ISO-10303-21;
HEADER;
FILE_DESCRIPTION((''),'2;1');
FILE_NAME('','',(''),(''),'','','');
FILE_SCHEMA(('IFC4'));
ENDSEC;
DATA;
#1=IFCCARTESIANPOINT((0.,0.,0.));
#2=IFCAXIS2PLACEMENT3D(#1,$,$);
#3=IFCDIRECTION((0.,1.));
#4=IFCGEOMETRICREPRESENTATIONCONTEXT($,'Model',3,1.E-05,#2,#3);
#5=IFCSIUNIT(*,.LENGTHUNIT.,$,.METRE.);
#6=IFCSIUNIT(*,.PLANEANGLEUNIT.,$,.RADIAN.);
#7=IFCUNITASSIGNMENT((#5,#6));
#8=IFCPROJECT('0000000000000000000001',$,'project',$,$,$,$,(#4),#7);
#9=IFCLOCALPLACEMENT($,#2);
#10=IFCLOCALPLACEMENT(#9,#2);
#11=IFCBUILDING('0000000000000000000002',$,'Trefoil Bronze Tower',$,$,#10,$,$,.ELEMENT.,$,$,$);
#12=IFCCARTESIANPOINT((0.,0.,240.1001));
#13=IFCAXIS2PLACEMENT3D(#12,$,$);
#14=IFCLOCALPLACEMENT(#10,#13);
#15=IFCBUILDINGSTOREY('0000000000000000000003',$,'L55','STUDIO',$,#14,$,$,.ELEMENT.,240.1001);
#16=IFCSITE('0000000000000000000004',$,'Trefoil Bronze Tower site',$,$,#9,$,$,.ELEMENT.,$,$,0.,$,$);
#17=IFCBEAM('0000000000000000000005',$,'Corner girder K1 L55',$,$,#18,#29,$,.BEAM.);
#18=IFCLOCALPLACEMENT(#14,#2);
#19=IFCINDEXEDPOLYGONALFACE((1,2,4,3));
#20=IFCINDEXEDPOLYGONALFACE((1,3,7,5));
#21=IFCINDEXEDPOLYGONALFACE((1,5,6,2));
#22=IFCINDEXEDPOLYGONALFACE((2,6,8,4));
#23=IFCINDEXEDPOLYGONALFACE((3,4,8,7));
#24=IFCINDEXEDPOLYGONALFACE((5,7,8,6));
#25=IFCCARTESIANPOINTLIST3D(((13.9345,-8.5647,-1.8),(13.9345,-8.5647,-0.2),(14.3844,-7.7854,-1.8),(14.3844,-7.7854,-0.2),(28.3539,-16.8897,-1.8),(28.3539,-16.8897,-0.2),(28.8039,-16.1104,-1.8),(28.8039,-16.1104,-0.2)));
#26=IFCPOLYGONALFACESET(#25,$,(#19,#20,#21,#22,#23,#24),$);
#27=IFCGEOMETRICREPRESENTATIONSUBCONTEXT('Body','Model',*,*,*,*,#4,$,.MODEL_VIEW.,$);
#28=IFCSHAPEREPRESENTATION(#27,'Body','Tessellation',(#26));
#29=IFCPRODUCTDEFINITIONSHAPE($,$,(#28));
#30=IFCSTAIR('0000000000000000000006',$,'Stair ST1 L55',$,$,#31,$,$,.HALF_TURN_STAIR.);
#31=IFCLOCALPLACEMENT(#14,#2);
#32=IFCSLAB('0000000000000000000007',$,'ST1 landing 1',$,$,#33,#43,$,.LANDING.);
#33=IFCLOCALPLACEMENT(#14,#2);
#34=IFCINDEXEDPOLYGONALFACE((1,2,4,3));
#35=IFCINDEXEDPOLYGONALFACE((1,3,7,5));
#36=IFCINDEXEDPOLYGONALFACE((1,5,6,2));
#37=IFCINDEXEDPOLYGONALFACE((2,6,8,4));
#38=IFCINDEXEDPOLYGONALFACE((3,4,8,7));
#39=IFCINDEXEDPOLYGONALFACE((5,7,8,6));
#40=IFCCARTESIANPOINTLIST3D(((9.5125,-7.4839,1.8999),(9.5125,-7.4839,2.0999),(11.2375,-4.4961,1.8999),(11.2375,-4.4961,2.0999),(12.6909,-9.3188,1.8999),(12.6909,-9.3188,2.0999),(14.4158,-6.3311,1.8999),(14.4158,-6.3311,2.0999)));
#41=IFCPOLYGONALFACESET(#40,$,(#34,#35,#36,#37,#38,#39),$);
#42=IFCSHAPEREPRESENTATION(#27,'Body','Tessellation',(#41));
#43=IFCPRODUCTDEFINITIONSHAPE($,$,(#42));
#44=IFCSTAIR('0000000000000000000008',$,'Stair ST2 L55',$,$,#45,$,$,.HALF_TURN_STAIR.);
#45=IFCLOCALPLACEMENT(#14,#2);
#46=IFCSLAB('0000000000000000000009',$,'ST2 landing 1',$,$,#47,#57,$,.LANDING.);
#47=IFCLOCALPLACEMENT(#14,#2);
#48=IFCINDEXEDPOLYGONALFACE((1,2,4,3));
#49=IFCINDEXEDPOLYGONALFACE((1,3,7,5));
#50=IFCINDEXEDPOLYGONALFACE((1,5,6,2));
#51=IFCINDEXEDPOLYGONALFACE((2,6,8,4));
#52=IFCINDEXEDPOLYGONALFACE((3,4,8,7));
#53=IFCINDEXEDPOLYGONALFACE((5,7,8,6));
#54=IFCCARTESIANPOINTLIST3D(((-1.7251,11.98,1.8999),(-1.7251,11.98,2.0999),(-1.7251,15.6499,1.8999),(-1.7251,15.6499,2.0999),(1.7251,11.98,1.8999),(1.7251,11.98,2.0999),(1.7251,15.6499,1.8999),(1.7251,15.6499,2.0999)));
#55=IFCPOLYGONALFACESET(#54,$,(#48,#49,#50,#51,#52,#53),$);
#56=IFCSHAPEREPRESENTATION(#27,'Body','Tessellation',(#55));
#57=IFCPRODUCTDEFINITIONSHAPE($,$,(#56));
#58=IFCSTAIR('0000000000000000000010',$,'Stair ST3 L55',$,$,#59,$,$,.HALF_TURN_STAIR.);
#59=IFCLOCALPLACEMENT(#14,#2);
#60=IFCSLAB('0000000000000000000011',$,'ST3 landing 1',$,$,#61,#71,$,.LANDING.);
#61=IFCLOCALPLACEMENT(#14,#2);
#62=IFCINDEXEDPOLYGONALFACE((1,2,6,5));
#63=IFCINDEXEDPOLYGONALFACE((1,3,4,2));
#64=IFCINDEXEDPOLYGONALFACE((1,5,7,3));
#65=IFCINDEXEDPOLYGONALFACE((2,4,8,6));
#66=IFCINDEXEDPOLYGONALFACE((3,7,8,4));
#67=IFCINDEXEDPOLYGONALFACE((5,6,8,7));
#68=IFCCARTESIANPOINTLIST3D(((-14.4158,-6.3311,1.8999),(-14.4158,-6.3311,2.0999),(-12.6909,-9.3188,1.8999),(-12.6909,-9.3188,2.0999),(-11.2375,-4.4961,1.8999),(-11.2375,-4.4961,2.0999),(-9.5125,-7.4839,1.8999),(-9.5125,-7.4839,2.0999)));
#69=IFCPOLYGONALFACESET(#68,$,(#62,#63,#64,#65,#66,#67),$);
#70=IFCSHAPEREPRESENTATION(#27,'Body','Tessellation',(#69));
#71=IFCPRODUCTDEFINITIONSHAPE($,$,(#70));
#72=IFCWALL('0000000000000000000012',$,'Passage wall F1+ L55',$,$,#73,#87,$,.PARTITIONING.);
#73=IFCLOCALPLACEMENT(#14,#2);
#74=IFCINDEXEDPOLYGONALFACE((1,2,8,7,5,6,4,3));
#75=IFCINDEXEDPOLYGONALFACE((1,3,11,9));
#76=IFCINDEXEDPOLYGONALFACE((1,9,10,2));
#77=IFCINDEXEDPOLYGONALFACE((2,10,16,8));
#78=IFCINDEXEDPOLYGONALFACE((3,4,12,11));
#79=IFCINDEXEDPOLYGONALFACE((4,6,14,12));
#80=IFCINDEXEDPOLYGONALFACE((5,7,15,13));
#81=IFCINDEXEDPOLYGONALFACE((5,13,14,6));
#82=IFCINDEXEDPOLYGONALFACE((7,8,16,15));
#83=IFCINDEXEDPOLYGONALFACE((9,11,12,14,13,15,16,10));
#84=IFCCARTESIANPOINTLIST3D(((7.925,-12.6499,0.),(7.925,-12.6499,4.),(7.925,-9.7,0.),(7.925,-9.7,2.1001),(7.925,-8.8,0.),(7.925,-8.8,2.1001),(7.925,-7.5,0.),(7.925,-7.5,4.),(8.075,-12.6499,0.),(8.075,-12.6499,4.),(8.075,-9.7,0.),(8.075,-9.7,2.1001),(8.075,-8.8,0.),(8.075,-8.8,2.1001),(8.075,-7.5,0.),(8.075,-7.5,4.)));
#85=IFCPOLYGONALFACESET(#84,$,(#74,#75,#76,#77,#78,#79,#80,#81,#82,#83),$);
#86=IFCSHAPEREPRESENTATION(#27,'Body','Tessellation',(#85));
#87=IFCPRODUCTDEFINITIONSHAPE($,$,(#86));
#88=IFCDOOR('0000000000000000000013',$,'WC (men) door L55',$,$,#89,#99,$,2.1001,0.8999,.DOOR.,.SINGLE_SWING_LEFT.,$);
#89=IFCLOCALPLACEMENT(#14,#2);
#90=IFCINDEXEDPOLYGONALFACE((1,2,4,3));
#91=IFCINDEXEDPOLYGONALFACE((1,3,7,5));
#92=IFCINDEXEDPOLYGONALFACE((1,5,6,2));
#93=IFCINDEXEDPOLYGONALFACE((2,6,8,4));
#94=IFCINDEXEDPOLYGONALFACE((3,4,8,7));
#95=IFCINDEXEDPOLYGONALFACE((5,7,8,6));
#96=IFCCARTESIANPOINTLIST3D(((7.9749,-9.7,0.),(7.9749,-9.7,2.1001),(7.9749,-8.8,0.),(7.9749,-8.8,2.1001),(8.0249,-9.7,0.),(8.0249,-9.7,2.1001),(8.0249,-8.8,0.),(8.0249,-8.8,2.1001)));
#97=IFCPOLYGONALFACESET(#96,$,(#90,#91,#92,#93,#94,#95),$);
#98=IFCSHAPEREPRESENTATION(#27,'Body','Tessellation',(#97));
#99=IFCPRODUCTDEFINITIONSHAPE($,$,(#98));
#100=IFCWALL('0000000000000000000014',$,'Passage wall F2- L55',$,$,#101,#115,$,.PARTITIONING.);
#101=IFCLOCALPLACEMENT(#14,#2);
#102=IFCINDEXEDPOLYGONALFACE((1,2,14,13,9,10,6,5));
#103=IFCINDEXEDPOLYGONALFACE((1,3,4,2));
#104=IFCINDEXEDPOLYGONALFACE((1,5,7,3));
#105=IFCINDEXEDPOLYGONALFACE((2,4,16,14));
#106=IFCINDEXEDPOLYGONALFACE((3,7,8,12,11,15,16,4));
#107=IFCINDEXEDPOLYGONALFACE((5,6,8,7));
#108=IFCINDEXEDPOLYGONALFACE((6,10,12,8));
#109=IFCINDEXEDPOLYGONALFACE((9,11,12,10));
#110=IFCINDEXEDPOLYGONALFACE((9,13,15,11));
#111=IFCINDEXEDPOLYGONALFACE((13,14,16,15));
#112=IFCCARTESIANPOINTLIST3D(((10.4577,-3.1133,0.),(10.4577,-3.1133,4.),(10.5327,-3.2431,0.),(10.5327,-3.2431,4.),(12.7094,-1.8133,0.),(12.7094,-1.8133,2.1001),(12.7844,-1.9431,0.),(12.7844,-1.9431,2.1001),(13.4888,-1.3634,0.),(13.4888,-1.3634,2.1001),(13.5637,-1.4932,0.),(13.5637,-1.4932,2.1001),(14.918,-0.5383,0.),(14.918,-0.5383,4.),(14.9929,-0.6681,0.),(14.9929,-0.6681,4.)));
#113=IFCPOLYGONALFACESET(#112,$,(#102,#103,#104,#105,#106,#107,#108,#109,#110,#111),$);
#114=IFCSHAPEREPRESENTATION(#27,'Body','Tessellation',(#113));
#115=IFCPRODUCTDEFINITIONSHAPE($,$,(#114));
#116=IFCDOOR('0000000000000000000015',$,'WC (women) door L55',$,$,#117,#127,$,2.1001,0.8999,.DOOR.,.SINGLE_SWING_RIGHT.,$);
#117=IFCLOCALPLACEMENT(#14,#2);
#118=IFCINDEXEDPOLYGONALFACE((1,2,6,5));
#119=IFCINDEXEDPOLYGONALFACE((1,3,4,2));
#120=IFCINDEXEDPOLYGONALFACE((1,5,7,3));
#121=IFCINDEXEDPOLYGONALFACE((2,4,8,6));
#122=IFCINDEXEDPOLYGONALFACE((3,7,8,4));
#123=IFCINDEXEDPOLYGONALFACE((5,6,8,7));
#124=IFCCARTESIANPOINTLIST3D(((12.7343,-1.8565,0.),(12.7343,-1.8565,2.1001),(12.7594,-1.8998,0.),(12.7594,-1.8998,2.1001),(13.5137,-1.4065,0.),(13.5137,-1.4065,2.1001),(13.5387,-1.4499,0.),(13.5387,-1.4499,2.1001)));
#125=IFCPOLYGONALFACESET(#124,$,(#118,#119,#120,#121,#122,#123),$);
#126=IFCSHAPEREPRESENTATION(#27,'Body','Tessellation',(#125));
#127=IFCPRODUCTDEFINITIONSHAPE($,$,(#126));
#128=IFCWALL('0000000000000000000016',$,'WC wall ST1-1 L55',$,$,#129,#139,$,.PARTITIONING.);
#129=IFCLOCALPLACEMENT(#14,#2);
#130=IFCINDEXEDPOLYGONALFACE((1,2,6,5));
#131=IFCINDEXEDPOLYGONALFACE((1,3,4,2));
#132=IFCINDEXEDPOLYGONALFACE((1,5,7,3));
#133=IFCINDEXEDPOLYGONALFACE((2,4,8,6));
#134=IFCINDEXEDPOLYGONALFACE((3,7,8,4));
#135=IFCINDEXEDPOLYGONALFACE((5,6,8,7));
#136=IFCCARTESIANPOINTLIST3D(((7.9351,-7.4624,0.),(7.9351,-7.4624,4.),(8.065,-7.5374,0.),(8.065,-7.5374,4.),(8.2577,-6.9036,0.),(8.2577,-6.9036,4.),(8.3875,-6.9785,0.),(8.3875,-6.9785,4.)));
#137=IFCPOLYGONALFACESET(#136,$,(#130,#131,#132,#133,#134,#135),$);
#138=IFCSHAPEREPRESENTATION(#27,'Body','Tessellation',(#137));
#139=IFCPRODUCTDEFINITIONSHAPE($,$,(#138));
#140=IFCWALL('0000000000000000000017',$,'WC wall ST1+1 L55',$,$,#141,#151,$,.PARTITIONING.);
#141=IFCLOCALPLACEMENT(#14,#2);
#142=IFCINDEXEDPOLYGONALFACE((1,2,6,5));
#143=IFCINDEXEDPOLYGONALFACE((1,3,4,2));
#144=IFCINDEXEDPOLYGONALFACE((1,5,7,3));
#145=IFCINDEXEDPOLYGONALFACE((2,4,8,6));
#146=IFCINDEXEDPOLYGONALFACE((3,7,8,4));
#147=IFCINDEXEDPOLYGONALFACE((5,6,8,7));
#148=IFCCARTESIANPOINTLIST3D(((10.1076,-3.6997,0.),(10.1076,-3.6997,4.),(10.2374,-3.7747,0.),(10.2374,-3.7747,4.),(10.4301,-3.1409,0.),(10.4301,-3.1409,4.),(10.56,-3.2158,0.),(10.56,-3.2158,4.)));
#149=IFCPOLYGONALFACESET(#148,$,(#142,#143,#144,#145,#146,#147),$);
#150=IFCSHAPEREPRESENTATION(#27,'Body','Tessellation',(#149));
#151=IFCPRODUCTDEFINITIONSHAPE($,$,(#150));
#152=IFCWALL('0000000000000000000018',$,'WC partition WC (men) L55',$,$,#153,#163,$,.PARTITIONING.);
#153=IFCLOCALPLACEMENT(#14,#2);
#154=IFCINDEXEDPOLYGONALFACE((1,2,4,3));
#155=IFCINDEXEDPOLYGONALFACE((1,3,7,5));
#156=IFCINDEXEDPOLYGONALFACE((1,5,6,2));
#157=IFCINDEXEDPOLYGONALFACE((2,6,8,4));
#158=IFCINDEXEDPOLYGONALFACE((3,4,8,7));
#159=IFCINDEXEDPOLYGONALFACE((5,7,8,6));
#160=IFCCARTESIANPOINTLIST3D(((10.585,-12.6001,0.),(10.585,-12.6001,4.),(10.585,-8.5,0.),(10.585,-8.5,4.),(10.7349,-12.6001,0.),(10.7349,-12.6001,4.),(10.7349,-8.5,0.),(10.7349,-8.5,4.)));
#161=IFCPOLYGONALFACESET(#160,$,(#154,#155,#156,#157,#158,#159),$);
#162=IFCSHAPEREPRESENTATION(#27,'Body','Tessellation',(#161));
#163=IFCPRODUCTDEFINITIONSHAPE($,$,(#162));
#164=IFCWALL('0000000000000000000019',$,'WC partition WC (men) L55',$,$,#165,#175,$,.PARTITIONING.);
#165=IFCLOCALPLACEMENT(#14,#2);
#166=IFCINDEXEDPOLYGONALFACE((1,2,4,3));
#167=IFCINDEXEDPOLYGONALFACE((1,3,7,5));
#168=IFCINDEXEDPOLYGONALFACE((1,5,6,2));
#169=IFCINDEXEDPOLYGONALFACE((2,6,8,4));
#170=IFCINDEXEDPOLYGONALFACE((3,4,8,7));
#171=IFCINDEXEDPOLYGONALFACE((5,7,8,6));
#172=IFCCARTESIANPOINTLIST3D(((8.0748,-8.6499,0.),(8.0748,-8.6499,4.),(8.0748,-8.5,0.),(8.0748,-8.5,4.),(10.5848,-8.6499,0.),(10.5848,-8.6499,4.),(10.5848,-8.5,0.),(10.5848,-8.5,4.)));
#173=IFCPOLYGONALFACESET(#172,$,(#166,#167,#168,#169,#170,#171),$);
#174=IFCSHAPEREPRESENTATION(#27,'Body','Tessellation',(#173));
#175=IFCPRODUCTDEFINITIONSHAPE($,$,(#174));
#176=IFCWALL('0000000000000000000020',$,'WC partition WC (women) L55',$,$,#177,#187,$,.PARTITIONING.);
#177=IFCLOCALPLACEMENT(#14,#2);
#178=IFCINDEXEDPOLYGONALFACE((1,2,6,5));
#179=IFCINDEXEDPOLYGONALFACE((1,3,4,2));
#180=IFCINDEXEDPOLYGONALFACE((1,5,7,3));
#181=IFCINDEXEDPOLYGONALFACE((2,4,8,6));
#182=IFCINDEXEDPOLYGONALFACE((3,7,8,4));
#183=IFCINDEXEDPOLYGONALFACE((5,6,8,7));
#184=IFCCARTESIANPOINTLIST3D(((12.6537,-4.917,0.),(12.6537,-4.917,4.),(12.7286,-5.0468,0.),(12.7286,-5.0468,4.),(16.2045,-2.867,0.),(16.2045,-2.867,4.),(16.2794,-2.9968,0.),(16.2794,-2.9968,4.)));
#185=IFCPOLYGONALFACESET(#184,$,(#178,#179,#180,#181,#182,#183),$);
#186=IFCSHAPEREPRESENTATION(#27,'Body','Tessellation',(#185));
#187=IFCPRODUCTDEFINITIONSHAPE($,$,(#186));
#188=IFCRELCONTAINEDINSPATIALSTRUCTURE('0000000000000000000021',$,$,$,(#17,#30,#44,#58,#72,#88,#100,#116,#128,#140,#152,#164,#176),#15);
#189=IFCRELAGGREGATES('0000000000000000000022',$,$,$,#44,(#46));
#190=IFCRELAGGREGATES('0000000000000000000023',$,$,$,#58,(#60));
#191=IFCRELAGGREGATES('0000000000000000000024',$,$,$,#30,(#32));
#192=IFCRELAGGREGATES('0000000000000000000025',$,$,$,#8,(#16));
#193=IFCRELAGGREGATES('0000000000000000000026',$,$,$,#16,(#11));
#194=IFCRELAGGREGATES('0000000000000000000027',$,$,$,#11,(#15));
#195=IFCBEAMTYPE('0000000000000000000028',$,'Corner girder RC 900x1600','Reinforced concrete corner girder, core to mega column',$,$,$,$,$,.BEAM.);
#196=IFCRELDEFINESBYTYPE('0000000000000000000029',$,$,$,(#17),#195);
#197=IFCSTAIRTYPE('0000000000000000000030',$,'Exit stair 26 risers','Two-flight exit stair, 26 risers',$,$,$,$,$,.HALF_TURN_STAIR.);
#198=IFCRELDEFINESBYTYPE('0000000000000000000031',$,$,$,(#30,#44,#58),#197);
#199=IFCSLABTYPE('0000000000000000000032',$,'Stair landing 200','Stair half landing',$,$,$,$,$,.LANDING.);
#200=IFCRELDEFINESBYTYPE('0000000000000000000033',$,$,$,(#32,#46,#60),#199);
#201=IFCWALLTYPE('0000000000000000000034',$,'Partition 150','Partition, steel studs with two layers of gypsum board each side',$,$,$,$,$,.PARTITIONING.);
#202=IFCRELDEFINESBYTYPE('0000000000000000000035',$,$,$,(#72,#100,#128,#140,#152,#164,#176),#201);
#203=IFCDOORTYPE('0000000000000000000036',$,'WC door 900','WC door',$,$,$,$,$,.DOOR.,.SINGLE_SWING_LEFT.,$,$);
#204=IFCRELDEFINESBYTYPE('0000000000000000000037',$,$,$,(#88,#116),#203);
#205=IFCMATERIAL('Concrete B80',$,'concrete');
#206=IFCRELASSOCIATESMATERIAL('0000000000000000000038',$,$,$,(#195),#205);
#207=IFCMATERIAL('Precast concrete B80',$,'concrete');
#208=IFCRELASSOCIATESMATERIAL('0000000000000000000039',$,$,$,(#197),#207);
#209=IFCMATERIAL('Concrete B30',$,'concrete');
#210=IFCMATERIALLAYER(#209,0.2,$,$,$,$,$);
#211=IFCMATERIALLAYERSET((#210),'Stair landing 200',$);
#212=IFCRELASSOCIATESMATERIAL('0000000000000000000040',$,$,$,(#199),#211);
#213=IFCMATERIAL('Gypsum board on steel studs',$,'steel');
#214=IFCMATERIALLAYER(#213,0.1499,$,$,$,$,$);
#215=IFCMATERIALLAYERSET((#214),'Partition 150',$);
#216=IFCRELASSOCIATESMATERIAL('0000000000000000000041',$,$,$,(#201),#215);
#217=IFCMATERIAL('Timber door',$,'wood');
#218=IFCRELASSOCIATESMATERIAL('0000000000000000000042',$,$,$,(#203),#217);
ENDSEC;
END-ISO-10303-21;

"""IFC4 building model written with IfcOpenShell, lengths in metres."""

from ifc_helpers import new_model, si_unit, direction, frame, frame_2d, origin, origin_2d, place, context, subcontext, project, spatial, polyline, rectangle, outline, extrude, material, layer, layer_set, material_profile, profile_set, type_object, element, fill, aggregate, save


model = new_model("IFC4")

# Units and contexts
model_context = context("Model", 3, precision=1e-05, world=origin(), true_north=direction((0.0, 1.0)))
body_context = subcontext(model_context, "Body", "Model", "MODEL_VIEW")
ifc_project = project(units=[si_unit("LENGTHUNIT", "METRE"), si_unit("PLANEANGLEUNIT", "RADIAN")], contexts=[model_context])

# Site, building, storey
site_placement = place(None, origin())
site = spatial("IfcSite", under=ifc_project, at=site_placement, Name="Trefoil Bronze Tower site", CompositionType="ELEMENT", RefElevation=0.0)
building_placement = place(site_placement, origin())
building = spatial("IfcBuilding", under=site, at=building_placement, Name="Trefoil Bronze Tower", CompositionType="ELEMENT")
storey_placement = place(building_placement, frame((0.0, 0.0, 240.1001)))
storey = spatial("IfcBuildingStorey", under=building, at=storey_placement, Name="L55", Description="STUDIO", CompositionType="ELEMENT", Elevation=240.1001)

# Beam
ifc_material_1 = material(Name="Concrete B80", Category="concrete")
ifc_material_profile = material_profile(ifc_material_1, rectangle(XDim=0.8999, YDim=1.6001, at=origin_2d()), Name="RC 900x1600")
ifc_profile_set = profile_set([ifc_material_profile], Name="Concrete B80")
beam_type = type_object("IfcBeamType", Name="Corner girder RC 900x1600", Description="Reinforced concrete corner girder, core to mega column", PredefinedType="BEAM", material=ifc_profile_set)
beam_placement = place(storey_placement, frame((14.1594, -8.175, -1.0), z_axis=(0.866028, -0.499995, 0.0), x_axis=(0.499995, 0.866028, 0.0)))
element("IfcBeam", 1, at=beam_placement, inside=storey, type_object=beam_type, Name="Corner girder K1 L55", PredefinedType="BEAM", context=body_context, shape_type="SweptSolid", body=[
    extrude(rectangle(XDim=0.8999, YDim=1.6001, at=origin_2d()), origin(), (0.0, 0.0, 1.0), 16.6501),
])

# Stairs, slabs
ifc_material_2 = material(Name="Precast concrete B80", Category="concrete")
stair_type = type_object("IfcStairType", Name="Exit stair 26 risers", Description="Two-flight exit stair, 26 risers", PredefinedType="HALF_TURN_STAIR", material=ifc_material_2)
stair_1_placement = place(storey_placement, origin())
stair_1 = element("IfcStair", 2, at=stair_1_placement, inside=storey, type_object=stair_type, Name="Stair ST1 L55", PredefinedType="HALF_TURN_STAIR")
ifc_material_3 = material(Name="Concrete B30", Category="concrete")
ifc_layer_1 = layer(ifc_material_3, 0.2)
ifc_layer_set_1 = layer_set([ifc_layer_1], Name="Stair landing 200")
slab_type = type_object("IfcSlabType", Name="Stair landing 200", Description="Stair half landing", PredefinedType="LANDING", material=ifc_layer_set_1)
slab_1_placement = place(storey_placement, frame((0.0, 0.0, 1.8999)))
slab_1 = element("IfcSlab", 3, at=slab_1_placement, type_object=slab_type, Name="ST1 landing 1", PredefinedType="LANDING", context=body_context, shape_type="SweptSolid", body=[
    extrude(outline(polyline([(9.5125, -7.4839), (12.6909, -9.3188), (14.4158, -6.3311), (11.2375, -4.4961), (9.5125, -7.4839)])), origin(), (0.0, 0.0, 1.0), 0.2),
])
stair_2_placement = place(storey_placement, origin())
stair_2 = element("IfcStair", 4, at=stair_2_placement, inside=storey, type_object=stair_type, Name="Stair ST2 L55", PredefinedType="HALF_TURN_STAIR")
slab_2_placement = place(storey_placement, frame((0.0, 0.0, 1.8999)))
slab_2 = element("IfcSlab", 5, at=slab_2_placement, type_object=slab_type, Name="ST2 landing 1", PredefinedType="LANDING", context=body_context, shape_type="SweptSolid", body=[
    extrude(outline(polyline([(1.7251, 11.98), (1.7251, 15.6499), (-1.7251, 15.6499), (-1.7251, 11.98), (1.7251, 11.98)])), origin(), (0.0, 0.0, 1.0), 0.2),
])
aggregate(stair_2, [slab_2])
stair_3_placement = place(storey_placement, origin())
stair_3 = element("IfcStair", 6, at=stair_3_placement, inside=storey, type_object=stair_type, Name="Stair ST3 L55", PredefinedType="HALF_TURN_STAIR")
slab_3_placement = place(storey_placement, frame((0.0, 0.0, 1.8999)))
slab_3 = element("IfcSlab", 7, at=slab_3_placement, type_object=slab_type, Name="ST3 landing 1", PredefinedType="LANDING", context=body_context, shape_type="SweptSolid", body=[
    extrude(outline(polyline([(-11.2375, -4.4961), (-14.4158, -6.3311), (-12.6909, -9.3188), (-9.5125, -7.4839), (-11.2375, -4.4961)])), origin(), (0.0, 0.0, 1.0), 0.2),
])
aggregate(stair_3, [slab_3])

# Walls, openings, doors
ifc_material_4 = material(Name="Gypsum board on steel studs", Category="steel")
ifc_layer_2 = layer(ifc_material_4, 0.1499)
ifc_layer_set_2 = layer_set([ifc_layer_2], Name="Partition 150")
wall_type_1 = type_object("IfcWallType", Name="Partition 150", Description="Partition, steel studs with two layers of gypsum board each side", PredefinedType="PARTITIONING", material=ifc_layer_set_2)
wall_1_placement = place(storey_placement, frame((8.0, -7.5, 0.0), z_axis=(0.0, 0.0, 1.0), x_axis=(0.0, -1.0, 0.0)))
wall_1 = element("IfcWall", 8, at=wall_1_placement, inside=storey, type_object=wall_type_1, Name="Passage wall F1+ L55", PredefinedType="PARTITIONING", context=body_context, shape_type="SweptSolid", body=[
    extrude(rectangle(XDim=5.1499, YDim=0.1499, at=frame_2d((2.575, 0.0))), origin(), (0.0, 0.0, 1.0), 4.0),
])
opening_1_placement = place(wall_1_placement, frame((1.3, 0.0, 0.0)))
opening_1 = element("IfcOpeningElement", 9, at=opening_1_placement, cuts=wall_1, PredefinedType="OPENING", context=body_context, shape_type="SweptSolid", body=[
    extrude(rectangle(XDim=0.8999, YDim=2.1001, at=frame_2d((0.45, 1.05))), frame((0.0, 0.085, 0.0), z_axis=(0.0, -1.0, 0.0), x_axis=(1.0, 0.0, 0.0)), (0.0, 0.0, 1.0), 0.1699),
])
ifc_material_5 = material(Name="Timber door", Category="wood")
door_type_1 = type_object("IfcDoorType", Name="WC door 900", Description="WC door", OperationType="SINGLE_SWING_LEFT", PredefinedType="DOOR", material=ifc_material_5)
door_1_placement = place(opening_1_placement, origin())
door_1 = element("IfcDoor", 10, at=door_1_placement, inside=storey, type_object=door_type_1, Name="WC (men) door L55", OperationType="SINGLE_SWING_LEFT", OverallHeight=2.1001, OverallWidth=0.8999, PredefinedType="DOOR", context=body_context, shape_type="SweptSolid", body=[
    extrude(rectangle(XDim=0.8999, YDim=2.1001, at=frame_2d((0.45, 1.05))), frame((0.0, 0.0249, 0.0), z_axis=(0.0, -1.0, 0.0), x_axis=(1.0, 0.0, 0.0)), (0.0, 0.0, 1.0), 0.05),
])
fill(opening_1, door_1)
wall_2_placement = place(storey_placement, frame((10.4951, -3.1782, 0.0), z_axis=(0.0, 0.0, 1.0), x_axis=(0.866038, 0.499978, 0.0)))
wall_2 = element("IfcWall", 11, at=wall_2_placement, inside=storey, type_object=wall_type_1, Name="Passage wall F2- L55", PredefinedType="PARTITIONING", context=body_context, shape_type="SweptSolid", body=[
    extrude(rectangle(XDim=5.1501, YDim=0.1499, at=frame_2d((2.5752, 0.0))), origin(), (0.0, 0.0, 1.0), 4.0),
])
opening_2_placement = place(wall_2_placement, frame((2.6001, 0.0, 0.0)))
opening_2 = element("IfcOpeningElement", 12, at=opening_2_placement, cuts=wall_2, PredefinedType="OPENING", context=body_context, shape_type="SweptSolid", body=[
    extrude(rectangle(XDim=0.8999, YDim=2.1001, at=frame_2d((0.45, 1.05))), frame((0.0, 0.085, 0.0), z_axis=(0.0, -1.0, 0.0), x_axis=(1.0, 0.0, 0.0)), (0.0, 0.0, 1.0), 0.1699),
])
door_2_placement = place(opening_2_placement, frame((0.8999, 0.0, 0.0), z_axis=(0.0, 0.0, 1.0), x_axis=(-1.0, 0.0, 0.0)))
door_2 = element("IfcDoor", 13, at=door_2_placement, inside=storey, type_object=door_type_1, Name="WC (women) door L55", OperationType="SINGLE_SWING_RIGHT", OverallHeight=2.1001, OverallWidth=0.8999, PredefinedType="DOOR", context=body_context, shape_type="SweptSolid", body=[
    extrude(rectangle(XDim=0.8999, YDim=2.1001, at=frame_2d((0.45, 1.05))), frame((0.0, 0.0249, 0.0), z_axis=(0.0, -1.0, 0.0), x_axis=(1.0, 0.0, 0.0)), (0.0, 0.0, 1.0), 0.05),
])
fill(opening_2, door_2)

# Walls
for number, where, z_axis, x_axis, name in (
    (14, (8.0, -7.5, 0.0), (0.0, 0.0, 1.0), (0.499843, 0.866116, 0.0), "WC wall ST1-1 L55"),
    (15, (10.4951, -3.1782, 0.0), (0.0, 0.0, 1.0), (-0.499843, -0.866116, 0.0), "WC wall ST1+1 L55"),
):
    element("IfcWall", number, at=place(storey_placement, frame(where, z_axis=z_axis, x_axis=x_axis)), inside=storey, type_object=wall_type_1, Name=name, PredefinedType="PARTITIONING", context=body_context, shape_type="SweptSolid", body=[
        extrude(rectangle(XDim=0.6453, YDim=0.1499, at=frame_2d((0.3228, 0.0))), origin(), (0.0, 0.0, 1.0), 4.0),
    ])
wall_3_placement = place(storey_placement, frame((10.6599, -8.5, 0.0), z_axis=(0.0, 0.0, 1.0), x_axis=(0.0, -1.0, 0.0)))
element("IfcWall", 16, at=wall_3_placement, inside=storey, type_object=wall_type_1, Name="WC partition WC (men) L55", PredefinedType="PARTITIONING", context=body_context, shape_type="SweptSolid", body=[
    extrude(rectangle(XDim=4.1001, YDim=0.1499, at=frame_2d((2.05, 0.0))), origin(), (0.0, 0.0, 1.0), 4.0),
])
wall_4_placement = place(storey_placement, frame((8.075, -8.575, 0.0), z_axis=(0.0, 0.0, 1.0), x_axis=(1.0, 0.0, 0.0)))
element("IfcWall", 17, at=wall_4_placement, inside=storey, type_object=wall_type_1, Name="WC partition WC (men) L55", PredefinedType="PARTITIONING", context=body_context, shape_type="SweptSolid", body=[
    extrude(rectangle(XDim=2.51, YDim=0.1499, at=frame_2d((1.2549, 0.0))), origin(), (0.0, 0.0, 1.0), 4.0),
])
wall_5_placement = place(storey_placement, frame((12.6912, -4.9819, 0.0), z_axis=(0.0, 0.0, 1.0), x_axis=(0.866025, 0.500001, 0.0)))
element("IfcWall", 18, at=wall_5_placement, inside=storey, type_object=wall_type_1, Name="WC partition WC (women) L55", PredefinedType="PARTITIONING", context=body_context, shape_type="SweptSolid", body=[
    extrude(rectangle(XDim=4.1001, YDim=0.1499, at=frame_2d((2.05, 0.0))), origin(), (0.0, 0.0, 1.0), 4.0),
])

aggregate(stair_1, [slab_1])

save(model, "model.ifc")
